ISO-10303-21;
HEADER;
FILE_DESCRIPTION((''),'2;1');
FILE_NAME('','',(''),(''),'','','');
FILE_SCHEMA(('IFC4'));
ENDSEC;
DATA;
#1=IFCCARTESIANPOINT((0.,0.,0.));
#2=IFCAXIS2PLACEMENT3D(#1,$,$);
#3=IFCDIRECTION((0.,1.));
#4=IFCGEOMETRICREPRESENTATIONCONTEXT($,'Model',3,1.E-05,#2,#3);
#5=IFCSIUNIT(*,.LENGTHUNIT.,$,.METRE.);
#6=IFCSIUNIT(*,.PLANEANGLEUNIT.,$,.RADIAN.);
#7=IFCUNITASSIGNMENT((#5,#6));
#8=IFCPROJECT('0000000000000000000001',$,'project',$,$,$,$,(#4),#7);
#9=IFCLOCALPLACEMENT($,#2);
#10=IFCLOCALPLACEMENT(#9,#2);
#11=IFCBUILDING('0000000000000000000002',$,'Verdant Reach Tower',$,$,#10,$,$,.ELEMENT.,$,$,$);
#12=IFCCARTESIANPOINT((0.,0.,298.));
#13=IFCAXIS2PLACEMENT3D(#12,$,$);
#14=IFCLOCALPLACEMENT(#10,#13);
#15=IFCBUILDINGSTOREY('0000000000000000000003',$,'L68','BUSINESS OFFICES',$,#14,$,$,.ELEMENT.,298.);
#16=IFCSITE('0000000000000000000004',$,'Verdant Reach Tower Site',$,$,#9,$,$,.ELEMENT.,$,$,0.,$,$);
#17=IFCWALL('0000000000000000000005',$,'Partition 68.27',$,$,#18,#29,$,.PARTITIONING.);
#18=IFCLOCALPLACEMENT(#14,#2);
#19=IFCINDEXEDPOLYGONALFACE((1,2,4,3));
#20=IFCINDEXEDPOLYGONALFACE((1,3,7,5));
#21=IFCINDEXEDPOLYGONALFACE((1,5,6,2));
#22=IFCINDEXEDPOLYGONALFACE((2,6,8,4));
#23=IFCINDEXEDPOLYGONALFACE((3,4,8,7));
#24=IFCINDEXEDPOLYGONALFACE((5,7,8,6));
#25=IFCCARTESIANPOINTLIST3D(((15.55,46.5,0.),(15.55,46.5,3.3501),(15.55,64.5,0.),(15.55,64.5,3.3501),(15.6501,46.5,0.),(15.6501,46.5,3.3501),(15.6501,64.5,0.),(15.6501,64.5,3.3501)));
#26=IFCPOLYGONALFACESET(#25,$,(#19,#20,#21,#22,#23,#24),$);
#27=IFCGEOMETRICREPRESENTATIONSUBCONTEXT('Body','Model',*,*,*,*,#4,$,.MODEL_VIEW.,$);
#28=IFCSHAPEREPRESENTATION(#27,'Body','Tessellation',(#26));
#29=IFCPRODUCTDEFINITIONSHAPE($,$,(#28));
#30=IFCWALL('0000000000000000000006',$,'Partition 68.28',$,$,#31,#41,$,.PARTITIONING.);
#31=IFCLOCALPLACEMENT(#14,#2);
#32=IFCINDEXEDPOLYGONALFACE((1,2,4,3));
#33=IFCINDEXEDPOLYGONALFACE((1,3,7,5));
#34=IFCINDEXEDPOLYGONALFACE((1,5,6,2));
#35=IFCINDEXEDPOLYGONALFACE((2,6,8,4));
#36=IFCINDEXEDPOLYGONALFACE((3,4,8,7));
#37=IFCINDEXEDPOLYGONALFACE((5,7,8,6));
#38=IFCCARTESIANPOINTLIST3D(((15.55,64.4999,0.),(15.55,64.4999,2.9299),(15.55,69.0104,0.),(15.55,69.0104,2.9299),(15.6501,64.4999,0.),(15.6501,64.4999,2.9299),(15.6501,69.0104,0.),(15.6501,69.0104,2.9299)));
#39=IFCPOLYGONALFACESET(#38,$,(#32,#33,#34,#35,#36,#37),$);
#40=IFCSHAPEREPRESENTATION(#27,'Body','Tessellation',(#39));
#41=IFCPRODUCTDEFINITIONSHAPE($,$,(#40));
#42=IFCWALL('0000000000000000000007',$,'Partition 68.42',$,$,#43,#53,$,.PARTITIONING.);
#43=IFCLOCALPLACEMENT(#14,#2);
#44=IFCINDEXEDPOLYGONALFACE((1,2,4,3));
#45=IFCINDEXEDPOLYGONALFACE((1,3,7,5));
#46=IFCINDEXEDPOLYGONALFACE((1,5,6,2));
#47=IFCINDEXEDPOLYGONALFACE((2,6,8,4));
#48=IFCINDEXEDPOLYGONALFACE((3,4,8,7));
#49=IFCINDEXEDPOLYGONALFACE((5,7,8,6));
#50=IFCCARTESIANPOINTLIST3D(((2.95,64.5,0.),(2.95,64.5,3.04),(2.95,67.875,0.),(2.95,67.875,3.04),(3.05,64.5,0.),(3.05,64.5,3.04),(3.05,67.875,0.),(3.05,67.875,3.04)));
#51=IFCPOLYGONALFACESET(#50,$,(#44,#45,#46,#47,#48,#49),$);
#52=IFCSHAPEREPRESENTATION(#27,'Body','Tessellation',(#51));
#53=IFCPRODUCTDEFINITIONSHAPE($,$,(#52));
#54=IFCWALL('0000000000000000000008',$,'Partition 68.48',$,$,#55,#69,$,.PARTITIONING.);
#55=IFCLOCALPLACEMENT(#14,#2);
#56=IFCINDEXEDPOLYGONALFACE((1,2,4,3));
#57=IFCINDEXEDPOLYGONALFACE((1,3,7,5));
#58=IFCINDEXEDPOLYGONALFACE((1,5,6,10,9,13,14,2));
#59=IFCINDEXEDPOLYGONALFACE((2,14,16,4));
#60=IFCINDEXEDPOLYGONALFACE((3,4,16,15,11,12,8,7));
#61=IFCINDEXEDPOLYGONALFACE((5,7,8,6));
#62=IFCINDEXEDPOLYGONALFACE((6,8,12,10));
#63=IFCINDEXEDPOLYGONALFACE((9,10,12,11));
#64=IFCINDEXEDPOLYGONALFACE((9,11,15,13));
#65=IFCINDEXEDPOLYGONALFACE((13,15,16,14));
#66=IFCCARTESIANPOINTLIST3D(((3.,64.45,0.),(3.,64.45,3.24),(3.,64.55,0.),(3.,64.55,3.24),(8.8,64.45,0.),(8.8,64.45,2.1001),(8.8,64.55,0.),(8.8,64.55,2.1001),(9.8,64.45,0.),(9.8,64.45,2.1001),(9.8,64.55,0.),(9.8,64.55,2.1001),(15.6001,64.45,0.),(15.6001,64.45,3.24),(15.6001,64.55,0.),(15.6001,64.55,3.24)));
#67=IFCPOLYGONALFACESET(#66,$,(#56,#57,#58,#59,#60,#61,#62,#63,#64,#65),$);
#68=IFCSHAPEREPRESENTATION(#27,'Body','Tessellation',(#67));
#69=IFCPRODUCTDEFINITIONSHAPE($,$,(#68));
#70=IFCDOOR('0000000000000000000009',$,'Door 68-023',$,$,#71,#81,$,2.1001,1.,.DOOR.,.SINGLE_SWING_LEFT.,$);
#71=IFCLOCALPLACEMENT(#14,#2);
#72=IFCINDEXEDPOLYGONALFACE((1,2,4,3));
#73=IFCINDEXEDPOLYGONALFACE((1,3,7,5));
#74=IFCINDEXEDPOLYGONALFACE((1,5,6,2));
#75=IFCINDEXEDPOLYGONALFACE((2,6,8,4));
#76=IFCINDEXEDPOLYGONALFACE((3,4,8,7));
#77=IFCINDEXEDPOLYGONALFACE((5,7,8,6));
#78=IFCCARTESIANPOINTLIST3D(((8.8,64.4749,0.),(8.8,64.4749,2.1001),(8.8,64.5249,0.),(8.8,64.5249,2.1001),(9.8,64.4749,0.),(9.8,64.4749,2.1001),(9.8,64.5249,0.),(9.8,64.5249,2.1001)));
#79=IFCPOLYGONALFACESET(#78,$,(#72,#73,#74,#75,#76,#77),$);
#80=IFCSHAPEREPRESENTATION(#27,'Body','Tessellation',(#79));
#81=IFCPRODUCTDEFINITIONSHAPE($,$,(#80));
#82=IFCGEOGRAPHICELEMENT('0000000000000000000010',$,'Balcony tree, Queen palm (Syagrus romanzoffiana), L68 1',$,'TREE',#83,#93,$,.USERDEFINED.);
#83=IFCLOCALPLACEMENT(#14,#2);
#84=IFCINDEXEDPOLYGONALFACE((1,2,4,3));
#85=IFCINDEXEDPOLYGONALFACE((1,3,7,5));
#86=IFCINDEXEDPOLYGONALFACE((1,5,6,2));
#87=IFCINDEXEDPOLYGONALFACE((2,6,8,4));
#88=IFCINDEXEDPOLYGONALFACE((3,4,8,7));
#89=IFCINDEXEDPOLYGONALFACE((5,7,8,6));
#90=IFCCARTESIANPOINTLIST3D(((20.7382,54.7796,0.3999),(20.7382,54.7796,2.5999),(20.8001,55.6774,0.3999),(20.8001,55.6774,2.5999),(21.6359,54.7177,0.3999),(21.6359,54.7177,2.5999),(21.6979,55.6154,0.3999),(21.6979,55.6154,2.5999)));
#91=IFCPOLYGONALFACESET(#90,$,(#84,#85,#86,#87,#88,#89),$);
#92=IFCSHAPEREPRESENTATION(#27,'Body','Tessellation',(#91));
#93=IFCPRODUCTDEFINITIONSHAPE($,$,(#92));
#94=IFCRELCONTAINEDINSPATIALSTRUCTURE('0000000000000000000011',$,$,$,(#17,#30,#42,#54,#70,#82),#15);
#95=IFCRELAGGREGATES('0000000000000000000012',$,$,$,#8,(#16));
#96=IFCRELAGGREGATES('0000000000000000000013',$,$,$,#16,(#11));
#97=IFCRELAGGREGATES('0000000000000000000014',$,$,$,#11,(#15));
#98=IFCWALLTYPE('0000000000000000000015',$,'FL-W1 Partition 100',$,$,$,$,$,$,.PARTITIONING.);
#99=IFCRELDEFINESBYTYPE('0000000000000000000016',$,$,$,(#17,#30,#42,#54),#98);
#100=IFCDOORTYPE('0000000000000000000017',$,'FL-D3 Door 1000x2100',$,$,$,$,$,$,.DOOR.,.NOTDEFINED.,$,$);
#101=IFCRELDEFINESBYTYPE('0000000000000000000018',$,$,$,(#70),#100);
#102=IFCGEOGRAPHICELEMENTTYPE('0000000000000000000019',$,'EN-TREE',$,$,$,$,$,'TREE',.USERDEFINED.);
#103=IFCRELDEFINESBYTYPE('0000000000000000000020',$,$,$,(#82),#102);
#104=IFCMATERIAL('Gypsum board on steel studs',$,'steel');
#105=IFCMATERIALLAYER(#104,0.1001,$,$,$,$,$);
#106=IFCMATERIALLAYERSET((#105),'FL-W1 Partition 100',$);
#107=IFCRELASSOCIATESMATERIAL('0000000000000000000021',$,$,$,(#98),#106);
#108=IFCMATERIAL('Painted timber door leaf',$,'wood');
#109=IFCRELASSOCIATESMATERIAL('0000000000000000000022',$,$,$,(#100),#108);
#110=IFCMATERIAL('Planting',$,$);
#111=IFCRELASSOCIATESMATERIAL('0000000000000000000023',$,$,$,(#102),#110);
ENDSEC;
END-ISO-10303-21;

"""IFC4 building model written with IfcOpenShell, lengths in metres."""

from ifc_helpers import new_model, si_unit, direction, frame, frame_2d, origin, origin_2d, place, context, subcontext, project, spatial, rectangle, extrude, material, layer, layer_set, type_object, element, fill, save


model = new_model("IFC4")

# Units and contexts
model_context = context("Model", 3, precision=1e-05, world=origin(), true_north=direction((0.0, 1.0)))
body_context = subcontext(model_context, "Body", "Model", "MODEL_VIEW")
ifc_project = project(units=[si_unit("LENGTHUNIT", "METRE"), si_unit("PLANEANGLEUNIT", "RADIAN")], contexts=[model_context])

# Site, building, storey
site_placement = place(None, origin())
site = spatial("IfcSite", under=ifc_project, at=site_placement, Name="Verdant Reach Tower Site", CompositionType="ELEMENT", RefElevation=0.0)
building_placement = place(site_placement, origin())
building = spatial("IfcBuilding", under=site, at=building_placement, Name="Verdant Reach Tower", CompositionType="ELEMENT")
storey_placement = place(building_placement, frame((0.0, 0.0, 298.0)))
storey = spatial("IfcBuildingStorey", under=building, at=storey_placement, Name="L68", Description="BUSINESS OFFICES", CompositionType="ELEMENT", Elevation=298.0)

# Walls
ifc_material_1 = material(Name="Gypsum board on steel studs", Category="steel")
ifc_layer_1 = layer(ifc_material_1, 0.1001)
ifc_layer_set_1 = layer_set([ifc_layer_1], Name="FL-W1 Partition 100")
wall_type_1 = type_object("IfcWallType", Name="FL-W1 Partition 100", PredefinedType="PARTITIONING", material=ifc_layer_set_1)
wall_1_placement = place(storey_placement, frame((15.6001, 64.5, 0.0), z_axis=(0.0, 0.0, 1.0), x_axis=(0.0, -1.0, 0.0)))
element("IfcWall", 1, at=wall_1_placement, inside=storey, type_object=wall_type_1, Name="Partition 68.27", PredefinedType="PARTITIONING", context=body_context, shape_type="SweptSolid", body=[
    extrude(rectangle(XDim=18.0, YDim=0.1001, at=frame_2d((9.0, 0.0))), origin(), (0.0, 0.0, 1.0), 3.3501),
])
wall_2_placement = place(storey_placement, frame((15.6001, 69.0105, 0.0), z_axis=(0.0, 0.0, 1.0), x_axis=(0.0, -1.0, 0.0)))
element("IfcWall", 2, at=wall_2_placement, inside=storey, type_object=wall_type_1, Name="Partition 68.28", PredefinedType="PARTITIONING", context=body_context, shape_type="SweptSolid", body=[
    extrude(rectangle(XDim=4.5105, YDim=0.1001, at=frame_2d((2.2554, 0.0))), origin(), (0.0, 0.0, 1.0), 2.9299),
])
wall_3_placement = place(storey_placement, frame((3.0, 64.5, 0.0), z_axis=(0.0, 0.0, 1.0), x_axis=(0.0, 1.0, 0.0)))
element("IfcWall", 3, at=wall_3_placement, inside=storey, type_object=wall_type_1, Name="Partition 68.42", PredefinedType="PARTITIONING", context=body_context, shape_type="SweptSolid", body=[
    extrude(rectangle(XDim=3.375, YDim=0.1001, at=frame_2d((1.6875, 0.0))), origin(), (0.0, 0.0, 1.0), 3.04),
])

# Wall, opening, door
wall_4_placement = place(storey_placement, frame((3.0, 64.5, 0.0), z_axis=(0.0, 0.0, 1.0), x_axis=(1.0, 0.0, 0.0)))
wall_4 = element("IfcWall", 4, at=wall_4_placement, inside=storey, type_object=wall_type_1, Name="Partition 68.48", PredefinedType="PARTITIONING", context=body_context, shape_type="SweptSolid", body=[
    extrude(rectangle(XDim=12.6001, YDim=0.1001, at=frame_2d((6.3, 0.0))), origin(), (0.0, 0.0, 1.0), 3.24),
])
opening_1_placement = place(wall_4_placement, frame((5.8, 0.0, 0.0)))
opening_1 = element("IfcOpeningElement", 5, at=opening_1_placement, cuts=wall_4, PredefinedType="OPENING", context=body_context, shape_type="SweptSolid", body=[
    extrude(rectangle(XDim=1.0, YDim=2.1001, at=frame_2d((0.5, 1.05))), frame((0.0, 0.0601, 0.0), z_axis=(0.0, -1.0, 0.0), x_axis=(1.0, 0.0, 0.0)), (0.0, 0.0, 1.0), 0.1201),
])
ifc_material_2 = material(Name="Painted timber door leaf", Category="wood")
door_type_1 = type_object("IfcDoorType", Name="FL-D3 Door 1000x2100", OperationType="NOTDEFINED", PredefinedType="DOOR", material=ifc_material_2)
door_1_placement = place(opening_1_placement, origin())
door_1 = element("IfcDoor", 6, at=door_1_placement, inside=storey, type_object=door_type_1, Name="Door 68-023", OperationType="SINGLE_SWING_LEFT", OverallHeight=2.1001, OverallWidth=1.0, PredefinedType="DOOR", context=body_context, shape_type="SweptSolid", body=[
    extrude(rectangle(XDim=1.0, YDim=2.1001, at=frame_2d((0.5, 1.05))), frame((0.0, 0.0249, 0.0), z_axis=(0.0, -1.0, 0.0), x_axis=(1.0, 0.0, 0.0)), (0.0, 0.0, 1.0), 0.05),
])
fill(opening_1, door_1)

# Geographic element
ifc_material_3 = material(Name="Planting")
geographic_element_type = type_object("IfcGeographicElementType", Name="EN-TREE", ElementType="TREE", PredefinedType="USERDEFINED", material=ifc_material_3)
geographic_element_placement = place(storey_placement, frame((21.218, 55.1975, 0.3999), z_axis=(0.0, 0.0, 1.0), x_axis=(0.068802, 0.99763, 0.0)))
element("IfcGeographicElement", 7, at=geographic_element_placement, inside=storey, type_object=geographic_element_type, Name="Balcony tree, Queen palm (Syagrus romanzoffiana), L68 1", ObjectType="TREE", PredefinedType="USERDEFINED", context=body_context, shape_type="SweptSolid", body=[
    extrude(rectangle(XDim=0.8999, YDim=0.8999, at=origin_2d()), origin(), (0.0, 0.0, 1.0), 2.2),
])

save(model, "model.ifc")
